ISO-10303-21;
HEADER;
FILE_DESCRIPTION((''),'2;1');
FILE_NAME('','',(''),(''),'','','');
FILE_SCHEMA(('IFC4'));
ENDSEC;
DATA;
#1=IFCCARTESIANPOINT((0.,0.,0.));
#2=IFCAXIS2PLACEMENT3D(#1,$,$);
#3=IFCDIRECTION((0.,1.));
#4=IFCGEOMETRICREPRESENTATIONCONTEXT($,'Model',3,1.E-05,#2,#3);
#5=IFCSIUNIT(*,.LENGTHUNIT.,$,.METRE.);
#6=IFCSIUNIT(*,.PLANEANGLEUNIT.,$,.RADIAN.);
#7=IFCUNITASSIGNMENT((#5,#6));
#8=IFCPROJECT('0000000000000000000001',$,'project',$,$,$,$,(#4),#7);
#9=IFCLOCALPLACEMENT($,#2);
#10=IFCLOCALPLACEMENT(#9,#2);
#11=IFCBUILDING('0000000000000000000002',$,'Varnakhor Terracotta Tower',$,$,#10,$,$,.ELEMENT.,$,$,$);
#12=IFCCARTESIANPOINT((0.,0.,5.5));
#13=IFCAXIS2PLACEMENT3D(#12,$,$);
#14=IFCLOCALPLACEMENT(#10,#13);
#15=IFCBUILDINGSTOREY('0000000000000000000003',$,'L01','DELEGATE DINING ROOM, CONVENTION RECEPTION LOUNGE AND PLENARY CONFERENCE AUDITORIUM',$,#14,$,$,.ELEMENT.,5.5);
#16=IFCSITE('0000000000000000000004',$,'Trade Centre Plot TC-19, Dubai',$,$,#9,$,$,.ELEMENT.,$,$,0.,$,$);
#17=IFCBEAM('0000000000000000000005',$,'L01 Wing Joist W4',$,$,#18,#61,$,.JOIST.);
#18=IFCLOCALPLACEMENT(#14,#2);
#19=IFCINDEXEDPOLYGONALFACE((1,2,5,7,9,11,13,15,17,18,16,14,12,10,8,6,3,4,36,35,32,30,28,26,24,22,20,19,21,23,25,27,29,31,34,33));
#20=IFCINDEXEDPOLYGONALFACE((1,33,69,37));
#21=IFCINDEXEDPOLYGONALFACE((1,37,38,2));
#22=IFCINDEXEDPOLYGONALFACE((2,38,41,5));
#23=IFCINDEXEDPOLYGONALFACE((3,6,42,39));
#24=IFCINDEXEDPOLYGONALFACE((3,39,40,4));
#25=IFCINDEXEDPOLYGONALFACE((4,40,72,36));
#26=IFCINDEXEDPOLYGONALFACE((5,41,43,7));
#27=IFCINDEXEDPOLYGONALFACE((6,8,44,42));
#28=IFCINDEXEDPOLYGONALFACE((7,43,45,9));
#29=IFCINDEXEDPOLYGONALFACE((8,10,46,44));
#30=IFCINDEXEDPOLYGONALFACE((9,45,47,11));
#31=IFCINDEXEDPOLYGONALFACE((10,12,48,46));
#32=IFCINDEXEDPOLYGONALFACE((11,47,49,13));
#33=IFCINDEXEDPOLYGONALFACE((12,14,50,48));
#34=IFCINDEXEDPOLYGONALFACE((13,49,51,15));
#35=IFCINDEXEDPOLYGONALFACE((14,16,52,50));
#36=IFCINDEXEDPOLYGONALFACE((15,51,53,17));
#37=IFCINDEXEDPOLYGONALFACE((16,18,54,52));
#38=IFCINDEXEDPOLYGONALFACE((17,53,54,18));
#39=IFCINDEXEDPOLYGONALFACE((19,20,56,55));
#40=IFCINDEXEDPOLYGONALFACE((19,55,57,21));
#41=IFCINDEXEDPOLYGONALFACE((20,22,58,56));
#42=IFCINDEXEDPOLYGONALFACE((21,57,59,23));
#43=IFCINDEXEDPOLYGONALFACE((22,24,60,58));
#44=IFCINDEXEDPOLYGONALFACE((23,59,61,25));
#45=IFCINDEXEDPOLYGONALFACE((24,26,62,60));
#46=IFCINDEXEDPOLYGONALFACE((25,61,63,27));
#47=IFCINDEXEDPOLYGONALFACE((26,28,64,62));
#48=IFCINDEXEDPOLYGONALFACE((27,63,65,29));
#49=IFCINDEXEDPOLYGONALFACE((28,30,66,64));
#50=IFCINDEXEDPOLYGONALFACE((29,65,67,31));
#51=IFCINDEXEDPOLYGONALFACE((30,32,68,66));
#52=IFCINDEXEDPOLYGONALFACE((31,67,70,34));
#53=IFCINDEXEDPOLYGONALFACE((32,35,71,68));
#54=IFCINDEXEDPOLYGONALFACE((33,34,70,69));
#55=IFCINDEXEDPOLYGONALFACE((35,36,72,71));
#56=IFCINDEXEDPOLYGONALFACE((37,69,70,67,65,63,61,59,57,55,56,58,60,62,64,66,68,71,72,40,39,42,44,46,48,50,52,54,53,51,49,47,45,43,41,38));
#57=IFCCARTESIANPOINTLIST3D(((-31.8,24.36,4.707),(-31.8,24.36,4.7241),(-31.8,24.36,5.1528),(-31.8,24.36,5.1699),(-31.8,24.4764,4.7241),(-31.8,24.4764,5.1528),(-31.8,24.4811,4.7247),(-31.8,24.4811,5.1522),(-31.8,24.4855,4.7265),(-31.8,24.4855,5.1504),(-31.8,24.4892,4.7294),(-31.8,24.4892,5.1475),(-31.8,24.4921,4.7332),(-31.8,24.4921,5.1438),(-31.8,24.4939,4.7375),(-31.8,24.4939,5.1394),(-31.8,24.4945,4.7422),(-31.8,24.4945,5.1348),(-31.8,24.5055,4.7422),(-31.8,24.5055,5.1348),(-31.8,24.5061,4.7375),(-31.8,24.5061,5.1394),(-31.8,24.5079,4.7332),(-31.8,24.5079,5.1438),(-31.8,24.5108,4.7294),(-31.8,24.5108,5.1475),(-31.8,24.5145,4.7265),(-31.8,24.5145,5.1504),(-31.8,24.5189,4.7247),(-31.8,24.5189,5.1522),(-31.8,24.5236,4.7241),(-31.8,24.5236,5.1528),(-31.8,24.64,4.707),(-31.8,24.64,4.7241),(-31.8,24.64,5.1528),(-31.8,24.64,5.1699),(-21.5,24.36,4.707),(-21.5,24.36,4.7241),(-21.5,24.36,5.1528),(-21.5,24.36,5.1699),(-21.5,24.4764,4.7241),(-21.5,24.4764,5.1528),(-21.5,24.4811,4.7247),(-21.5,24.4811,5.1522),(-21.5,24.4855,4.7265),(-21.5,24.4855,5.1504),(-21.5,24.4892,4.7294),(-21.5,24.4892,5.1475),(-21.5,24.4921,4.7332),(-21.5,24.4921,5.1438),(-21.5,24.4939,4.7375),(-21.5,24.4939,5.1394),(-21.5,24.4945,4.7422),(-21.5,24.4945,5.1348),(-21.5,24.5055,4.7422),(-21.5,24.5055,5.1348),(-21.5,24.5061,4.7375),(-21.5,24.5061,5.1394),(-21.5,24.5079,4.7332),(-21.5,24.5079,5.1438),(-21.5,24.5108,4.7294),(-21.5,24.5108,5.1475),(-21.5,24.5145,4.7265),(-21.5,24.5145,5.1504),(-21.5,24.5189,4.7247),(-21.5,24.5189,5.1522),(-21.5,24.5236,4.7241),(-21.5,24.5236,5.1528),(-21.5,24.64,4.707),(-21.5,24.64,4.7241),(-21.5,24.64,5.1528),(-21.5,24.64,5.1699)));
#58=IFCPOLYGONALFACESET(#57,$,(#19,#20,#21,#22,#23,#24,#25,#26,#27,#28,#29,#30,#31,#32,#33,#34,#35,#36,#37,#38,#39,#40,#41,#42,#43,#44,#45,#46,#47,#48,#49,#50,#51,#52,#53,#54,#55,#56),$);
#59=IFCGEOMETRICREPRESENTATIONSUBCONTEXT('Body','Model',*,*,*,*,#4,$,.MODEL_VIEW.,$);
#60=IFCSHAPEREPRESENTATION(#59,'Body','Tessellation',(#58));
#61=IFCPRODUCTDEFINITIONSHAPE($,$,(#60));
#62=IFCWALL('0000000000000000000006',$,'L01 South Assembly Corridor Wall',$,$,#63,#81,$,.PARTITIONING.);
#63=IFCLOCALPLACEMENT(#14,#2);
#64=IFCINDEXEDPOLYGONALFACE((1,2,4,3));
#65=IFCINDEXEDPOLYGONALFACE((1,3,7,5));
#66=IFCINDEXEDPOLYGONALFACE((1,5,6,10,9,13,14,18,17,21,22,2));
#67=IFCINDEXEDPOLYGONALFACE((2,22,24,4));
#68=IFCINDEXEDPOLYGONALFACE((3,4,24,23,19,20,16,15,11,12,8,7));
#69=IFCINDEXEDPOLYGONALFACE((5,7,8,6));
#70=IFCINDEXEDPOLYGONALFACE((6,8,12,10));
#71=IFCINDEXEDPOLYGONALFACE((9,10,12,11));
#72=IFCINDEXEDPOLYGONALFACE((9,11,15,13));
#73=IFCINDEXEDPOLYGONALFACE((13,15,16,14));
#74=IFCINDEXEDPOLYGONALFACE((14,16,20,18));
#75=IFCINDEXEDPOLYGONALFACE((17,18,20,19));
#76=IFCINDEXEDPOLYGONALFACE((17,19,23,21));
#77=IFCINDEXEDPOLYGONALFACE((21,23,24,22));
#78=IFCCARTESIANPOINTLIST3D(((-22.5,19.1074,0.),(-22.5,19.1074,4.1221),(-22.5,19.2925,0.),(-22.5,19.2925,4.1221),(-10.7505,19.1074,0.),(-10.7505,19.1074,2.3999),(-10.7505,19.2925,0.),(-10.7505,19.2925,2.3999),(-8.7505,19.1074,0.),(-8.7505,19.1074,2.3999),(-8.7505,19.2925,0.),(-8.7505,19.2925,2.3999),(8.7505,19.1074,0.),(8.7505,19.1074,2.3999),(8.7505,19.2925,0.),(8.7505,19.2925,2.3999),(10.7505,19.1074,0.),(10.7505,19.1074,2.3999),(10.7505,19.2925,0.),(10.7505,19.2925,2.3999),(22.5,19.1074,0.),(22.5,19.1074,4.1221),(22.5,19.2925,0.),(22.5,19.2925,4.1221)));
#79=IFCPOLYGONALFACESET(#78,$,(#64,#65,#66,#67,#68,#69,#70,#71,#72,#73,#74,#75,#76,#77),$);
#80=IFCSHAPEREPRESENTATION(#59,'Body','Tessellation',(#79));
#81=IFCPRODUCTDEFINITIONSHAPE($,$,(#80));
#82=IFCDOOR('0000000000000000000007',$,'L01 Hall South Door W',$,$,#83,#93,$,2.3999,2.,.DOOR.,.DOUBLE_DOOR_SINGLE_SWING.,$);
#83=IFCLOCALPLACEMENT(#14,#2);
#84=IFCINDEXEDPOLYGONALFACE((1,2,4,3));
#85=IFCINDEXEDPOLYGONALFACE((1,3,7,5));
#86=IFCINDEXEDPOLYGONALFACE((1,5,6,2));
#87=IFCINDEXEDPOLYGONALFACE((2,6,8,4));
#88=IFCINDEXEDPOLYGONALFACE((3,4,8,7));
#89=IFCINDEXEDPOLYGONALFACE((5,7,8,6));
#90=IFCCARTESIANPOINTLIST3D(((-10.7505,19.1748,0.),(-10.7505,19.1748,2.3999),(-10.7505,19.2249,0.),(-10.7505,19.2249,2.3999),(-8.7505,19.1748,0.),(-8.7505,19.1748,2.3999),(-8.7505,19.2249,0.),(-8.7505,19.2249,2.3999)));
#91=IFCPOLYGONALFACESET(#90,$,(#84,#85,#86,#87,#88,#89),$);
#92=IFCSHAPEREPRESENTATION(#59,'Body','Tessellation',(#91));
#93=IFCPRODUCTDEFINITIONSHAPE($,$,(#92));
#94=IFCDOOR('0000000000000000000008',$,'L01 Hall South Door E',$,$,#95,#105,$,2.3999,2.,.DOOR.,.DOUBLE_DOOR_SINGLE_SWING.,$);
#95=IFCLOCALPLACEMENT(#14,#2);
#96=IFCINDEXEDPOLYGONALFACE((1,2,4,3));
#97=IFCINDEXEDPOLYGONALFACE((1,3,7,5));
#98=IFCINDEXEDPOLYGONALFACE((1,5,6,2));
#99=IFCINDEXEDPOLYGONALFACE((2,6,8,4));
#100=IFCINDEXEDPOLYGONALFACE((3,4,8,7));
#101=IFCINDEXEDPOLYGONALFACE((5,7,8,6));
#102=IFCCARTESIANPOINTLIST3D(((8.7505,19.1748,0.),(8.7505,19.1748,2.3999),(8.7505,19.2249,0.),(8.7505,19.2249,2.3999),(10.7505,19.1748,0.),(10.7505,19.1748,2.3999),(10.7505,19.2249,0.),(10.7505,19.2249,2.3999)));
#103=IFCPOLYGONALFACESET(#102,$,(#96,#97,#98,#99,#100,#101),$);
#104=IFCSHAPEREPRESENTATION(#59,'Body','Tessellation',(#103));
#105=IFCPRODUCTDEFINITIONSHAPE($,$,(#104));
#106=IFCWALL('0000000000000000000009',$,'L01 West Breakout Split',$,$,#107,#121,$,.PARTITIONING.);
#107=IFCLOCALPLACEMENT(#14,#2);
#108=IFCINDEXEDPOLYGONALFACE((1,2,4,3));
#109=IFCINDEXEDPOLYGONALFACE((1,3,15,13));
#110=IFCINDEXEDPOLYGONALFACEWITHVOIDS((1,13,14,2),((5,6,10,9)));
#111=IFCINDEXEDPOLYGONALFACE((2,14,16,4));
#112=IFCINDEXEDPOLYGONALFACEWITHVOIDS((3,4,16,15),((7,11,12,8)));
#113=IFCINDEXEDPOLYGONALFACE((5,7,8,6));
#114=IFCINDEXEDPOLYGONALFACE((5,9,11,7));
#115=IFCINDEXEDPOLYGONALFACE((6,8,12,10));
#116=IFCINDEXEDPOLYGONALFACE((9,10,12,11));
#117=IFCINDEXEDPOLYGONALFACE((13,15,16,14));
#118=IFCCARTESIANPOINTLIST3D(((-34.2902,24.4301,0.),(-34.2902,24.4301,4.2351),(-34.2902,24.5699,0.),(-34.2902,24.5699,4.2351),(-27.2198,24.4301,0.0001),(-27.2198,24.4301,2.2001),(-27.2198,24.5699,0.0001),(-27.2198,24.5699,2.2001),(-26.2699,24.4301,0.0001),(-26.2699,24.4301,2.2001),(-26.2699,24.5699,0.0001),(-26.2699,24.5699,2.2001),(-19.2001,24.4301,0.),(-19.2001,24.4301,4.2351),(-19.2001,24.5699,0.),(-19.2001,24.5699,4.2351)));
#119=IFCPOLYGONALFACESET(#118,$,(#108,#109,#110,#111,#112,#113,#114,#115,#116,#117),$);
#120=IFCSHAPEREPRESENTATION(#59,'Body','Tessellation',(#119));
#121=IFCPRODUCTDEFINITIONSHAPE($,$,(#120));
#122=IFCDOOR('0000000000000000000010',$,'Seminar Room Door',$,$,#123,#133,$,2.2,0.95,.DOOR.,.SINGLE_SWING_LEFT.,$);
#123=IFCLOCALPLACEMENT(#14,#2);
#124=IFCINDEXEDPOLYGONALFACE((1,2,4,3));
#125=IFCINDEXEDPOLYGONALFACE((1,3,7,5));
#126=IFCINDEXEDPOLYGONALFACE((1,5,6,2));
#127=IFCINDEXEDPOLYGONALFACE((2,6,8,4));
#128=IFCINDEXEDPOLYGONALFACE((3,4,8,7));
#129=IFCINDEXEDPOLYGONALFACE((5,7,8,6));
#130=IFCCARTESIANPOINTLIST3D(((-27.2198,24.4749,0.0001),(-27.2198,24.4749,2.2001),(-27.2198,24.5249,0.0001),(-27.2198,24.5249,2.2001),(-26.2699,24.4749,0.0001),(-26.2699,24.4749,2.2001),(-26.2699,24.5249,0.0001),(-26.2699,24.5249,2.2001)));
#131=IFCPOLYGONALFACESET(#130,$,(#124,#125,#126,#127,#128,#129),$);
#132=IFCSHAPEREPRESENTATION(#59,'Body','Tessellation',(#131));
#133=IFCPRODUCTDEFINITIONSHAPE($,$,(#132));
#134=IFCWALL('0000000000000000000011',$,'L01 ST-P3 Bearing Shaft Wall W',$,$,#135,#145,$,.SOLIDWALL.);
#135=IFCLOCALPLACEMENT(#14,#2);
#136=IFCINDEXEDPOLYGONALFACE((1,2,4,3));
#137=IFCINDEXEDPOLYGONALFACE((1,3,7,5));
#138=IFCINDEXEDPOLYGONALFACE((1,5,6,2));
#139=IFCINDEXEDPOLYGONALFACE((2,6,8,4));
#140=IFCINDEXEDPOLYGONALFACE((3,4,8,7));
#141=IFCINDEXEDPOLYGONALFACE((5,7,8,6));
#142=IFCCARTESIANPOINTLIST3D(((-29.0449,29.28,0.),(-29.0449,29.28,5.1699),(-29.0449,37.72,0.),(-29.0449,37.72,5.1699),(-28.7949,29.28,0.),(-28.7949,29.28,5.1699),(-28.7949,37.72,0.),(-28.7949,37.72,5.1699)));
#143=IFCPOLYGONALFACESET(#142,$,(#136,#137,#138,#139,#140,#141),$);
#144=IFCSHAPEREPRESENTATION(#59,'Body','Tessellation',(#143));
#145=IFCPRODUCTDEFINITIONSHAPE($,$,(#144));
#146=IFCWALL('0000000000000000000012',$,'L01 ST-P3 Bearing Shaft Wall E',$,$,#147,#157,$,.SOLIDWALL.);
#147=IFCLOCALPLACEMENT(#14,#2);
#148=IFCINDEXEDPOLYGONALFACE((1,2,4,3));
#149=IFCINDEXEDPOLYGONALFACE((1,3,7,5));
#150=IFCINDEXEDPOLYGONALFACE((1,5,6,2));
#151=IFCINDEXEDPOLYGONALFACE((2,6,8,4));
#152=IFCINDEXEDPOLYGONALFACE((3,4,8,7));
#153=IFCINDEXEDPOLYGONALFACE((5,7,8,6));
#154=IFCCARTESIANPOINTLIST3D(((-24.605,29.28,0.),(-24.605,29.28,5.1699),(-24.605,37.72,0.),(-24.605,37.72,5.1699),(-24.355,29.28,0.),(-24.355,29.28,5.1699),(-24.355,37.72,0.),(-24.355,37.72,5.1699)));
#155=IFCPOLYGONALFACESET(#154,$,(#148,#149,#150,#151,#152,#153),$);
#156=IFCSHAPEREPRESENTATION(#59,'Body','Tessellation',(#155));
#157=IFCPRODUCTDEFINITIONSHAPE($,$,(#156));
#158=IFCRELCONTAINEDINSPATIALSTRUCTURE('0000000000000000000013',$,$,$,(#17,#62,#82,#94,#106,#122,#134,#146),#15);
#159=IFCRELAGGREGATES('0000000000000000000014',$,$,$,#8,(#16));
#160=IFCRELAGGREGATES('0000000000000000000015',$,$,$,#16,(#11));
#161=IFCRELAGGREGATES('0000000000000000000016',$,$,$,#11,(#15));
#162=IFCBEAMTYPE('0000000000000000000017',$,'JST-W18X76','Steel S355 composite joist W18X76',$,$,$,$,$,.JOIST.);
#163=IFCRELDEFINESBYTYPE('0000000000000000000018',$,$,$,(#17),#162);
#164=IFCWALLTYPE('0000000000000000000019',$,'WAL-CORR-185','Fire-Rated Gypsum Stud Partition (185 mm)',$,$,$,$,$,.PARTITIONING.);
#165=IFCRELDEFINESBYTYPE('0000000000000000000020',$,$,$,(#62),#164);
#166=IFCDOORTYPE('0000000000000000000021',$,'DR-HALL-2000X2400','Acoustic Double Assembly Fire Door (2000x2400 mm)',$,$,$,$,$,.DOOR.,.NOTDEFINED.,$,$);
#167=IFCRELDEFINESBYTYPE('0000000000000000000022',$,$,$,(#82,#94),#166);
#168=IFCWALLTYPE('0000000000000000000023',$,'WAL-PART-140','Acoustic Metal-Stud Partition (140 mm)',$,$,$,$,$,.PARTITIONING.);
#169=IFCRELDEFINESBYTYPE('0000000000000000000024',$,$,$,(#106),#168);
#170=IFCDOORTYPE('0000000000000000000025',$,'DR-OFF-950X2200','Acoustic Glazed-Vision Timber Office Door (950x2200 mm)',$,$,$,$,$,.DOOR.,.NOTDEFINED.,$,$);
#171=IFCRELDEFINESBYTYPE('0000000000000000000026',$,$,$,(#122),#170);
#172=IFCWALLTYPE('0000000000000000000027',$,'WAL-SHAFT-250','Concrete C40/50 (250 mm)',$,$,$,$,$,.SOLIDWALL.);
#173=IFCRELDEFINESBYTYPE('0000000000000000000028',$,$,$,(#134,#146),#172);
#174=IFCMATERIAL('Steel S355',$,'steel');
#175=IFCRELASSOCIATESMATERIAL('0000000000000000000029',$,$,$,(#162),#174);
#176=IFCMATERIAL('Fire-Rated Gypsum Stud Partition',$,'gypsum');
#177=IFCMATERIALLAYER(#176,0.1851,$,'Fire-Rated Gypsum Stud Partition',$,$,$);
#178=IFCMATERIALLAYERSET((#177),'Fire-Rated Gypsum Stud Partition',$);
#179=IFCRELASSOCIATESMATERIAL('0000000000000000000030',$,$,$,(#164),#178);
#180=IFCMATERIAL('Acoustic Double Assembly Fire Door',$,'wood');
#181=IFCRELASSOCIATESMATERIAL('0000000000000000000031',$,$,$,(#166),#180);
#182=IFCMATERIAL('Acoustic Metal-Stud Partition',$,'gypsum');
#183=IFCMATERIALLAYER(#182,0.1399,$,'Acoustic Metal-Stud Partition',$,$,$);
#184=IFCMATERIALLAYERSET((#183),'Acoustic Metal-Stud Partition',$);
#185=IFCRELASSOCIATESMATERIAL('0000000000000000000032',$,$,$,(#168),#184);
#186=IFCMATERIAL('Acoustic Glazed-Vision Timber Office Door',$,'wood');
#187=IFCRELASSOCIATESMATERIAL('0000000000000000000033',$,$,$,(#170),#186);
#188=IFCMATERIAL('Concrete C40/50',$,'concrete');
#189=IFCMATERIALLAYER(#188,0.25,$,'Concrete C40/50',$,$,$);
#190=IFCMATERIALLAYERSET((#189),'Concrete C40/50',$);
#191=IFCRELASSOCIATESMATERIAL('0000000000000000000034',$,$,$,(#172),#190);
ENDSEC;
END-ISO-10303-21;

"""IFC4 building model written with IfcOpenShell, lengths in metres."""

from ifc_helpers import new_model, si_unit, direction, frame, frame_2d, origin, origin_2d, place, context, subcontext, project, spatial, rectangle, i_section, extrude, source, transform, mapped, material, layer, layer_set, material_profile, profile_set, type_object, type_shapes, element, fill, save


model = new_model("IFC4")

# Units and contexts
model_context = context("Model", 3, precision=1e-05, world=origin(), true_north=direction((0.0, 1.0)))
body_context = subcontext(model_context, "Body", "Model", "MODEL_VIEW")
ifc_project = project(units=[si_unit("LENGTHUNIT", "METRE"), si_unit("PLANEANGLEUNIT", "RADIAN")], contexts=[model_context])

# Site, building, storey
site_placement = place(None, origin())
site = spatial("IfcSite", under=ifc_project, at=site_placement, Name="Trade Centre Plot TC-19, Dubai", CompositionType="ELEMENT", RefElevation=0.0)
building_placement = place(site_placement, origin())
building = spatial("IfcBuilding", under=site, at=building_placement, Name="Varnakhor Terracotta Tower", CompositionType="ELEMENT")
storey_placement = place(building_placement, frame((0.0, 0.0, 5.5)))
storey = spatial("IfcBuildingStorey", under=building, at=storey_placement, Name="L01", Description="DELEGATE DINING ROOM, CONVENTION RECEPTION LOUNGE AND PLENARY CONFERENCE AUDITORIUM", CompositionType="ELEMENT", Elevation=5.5)

# Beam
ifc_material_1 = material(Name="Steel S355", Category="steel")
ifc_material_profile_1 = material_profile(ifc_material_1, i_section(OverallWidth=0.28, OverallDepth=0.4629, WebThickness=0.011, FlangeThickness=0.0171, FilletRadius=0.0181, at=origin_2d()), Name="W18X76")
ifc_profile_set_1 = profile_set([ifc_material_profile_1], Name="Steel S355")
beam_type_1 = type_object("IfcBeamType", Name="JST-W18X76", Description="Steel S355 composite joist W18X76", PredefinedType="JOIST", material=ifc_profile_set_1)
shared_shape_1 = source(origin(), body_context, "Body", "SweptSolid", [
    extrude(i_section(OverallWidth=0.28, OverallDepth=0.4629, WebThickness=0.011, FlangeThickness=0.0171, FilletRadius=0.0181, at=origin_2d()), origin(), (0.0, 0.0, 1.0), 10.3),
])
for number, where, z_axis, x_axis, name in (
    (1, (-31.8, 24.5, 4.9385), (1.0, 0.0, 0.0), (0.0, 1.0, 0.0), "L01 Wing Joist W4"),
):
    element("IfcBeam", number, at=place(storey_placement, frame(where, z_axis=z_axis, x_axis=x_axis)), inside=storey, type_object=beam_type_1, Name=name, PredefinedType="JOIST", context=body_context, shape_type="MappedRepresentation", body=[
        mapped(shared_shape_1, transform((0.0, 0.0, 0.0), scale=1.0)),
    ])

# Wall, openings, doors
ifc_material_2 = material(Name="Fire-Rated Gypsum Stud Partition", Category="gypsum")
ifc_layer_1 = layer(ifc_material_2, 0.1851, Name="Fire-Rated Gypsum Stud Partition")
ifc_layer_set_1 = layer_set([ifc_layer_1], Name="Fire-Rated Gypsum Stud Partition")
wall_type_1 = type_object("IfcWallType", Name="WAL-CORR-185", Description="Fire-Rated Gypsum Stud Partition (185 mm)", PredefinedType="PARTITIONING", material=ifc_layer_set_1)
wall_1_placement = place(storey_placement, frame((-22.5, 19.2, 0.0), z_axis=(0.0, 0.0, 1.0), x_axis=(1.0, 0.0, 0.0)))
wall_1 = element("IfcWall", 2, at=wall_1_placement, inside=storey, type_object=wall_type_1, Name="L01 South Assembly Corridor Wall", PredefinedType="PARTITIONING", context=body_context, shape_type="SweptSolid", body=[
    extrude(rectangle(XDim=45.0, YDim=0.1851, at=frame_2d((22.5, 0.0))), origin(), (0.0, 0.0, 1.0), 4.1221),
])
opening_1_placement = place(wall_1_placement, frame((11.7495, 0.0, 0.0)))
opening_1 = element("IfcOpeningElement", 3, at=opening_1_placement, cuts=wall_1, PredefinedType="OPENING", context=body_context, shape_type="SweptSolid", body=[
    extrude(rectangle(XDim=2.0, YDim=2.3999, at=frame_2d((1.0, 1.2))), frame((0.0, 0.1025, 0.0), z_axis=(0.0, -1.0, 0.0), x_axis=(1.0, 0.0, 0.0)), (0.0, 0.0, 1.0), 0.2051),
])
opening_2_placement = place(wall_1_placement, frame((31.2505, 0.0, 0.0)))
opening_2 = element("IfcOpeningElement", 4, at=opening_2_placement, cuts=wall_1, PredefinedType="OPENING", context=body_context, shape_type="SweptSolid", body=[
    extrude(rectangle(XDim=2.0, YDim=2.3999, at=frame_2d((1.0, 1.2))), frame((0.0, 0.1025, 0.0), z_axis=(0.0, -1.0, 0.0), x_axis=(1.0, 0.0, 0.0)), (0.0, 0.0, 1.0), 0.2051),
])
ifc_material_3 = material(Name="Acoustic Double Assembly Fire Door", Category="wood")
door_type_1 = type_object("IfcDoorType", Name="DR-HALL-2000X2400", Description="Acoustic Double Assembly Fire Door (2000x2400 mm)", OperationType="NOTDEFINED", PredefinedType="DOOR", material=ifc_material_3)
shared_shape_2 = source(origin(), body_context, "Body", "SweptSolid", [
    extrude(rectangle(XDim=2.0, YDim=2.3999, at=frame_2d((1.0, 1.2))), frame((0.0, 0.0249, 0.0), z_axis=(0.0, -1.0, 0.0), x_axis=(1.0, 0.0, 0.0)), (0.0, 0.0, 1.0), 0.05),
])
type_shapes(door_type_1, [shared_shape_2])
door_1_placement = place(opening_1_placement, origin())
door_1 = element("IfcDoor", 5, at=door_1_placement, inside=storey, type_object=door_type_1, Name="L01 Hall South Door W", OperationType="DOUBLE_DOOR_SINGLE_SWING", OverallHeight=2.3999, OverallWidth=2.0, PredefinedType="DOOR", context=body_context, shape_type="MappedRepresentation", body=[
    mapped(shared_shape_2, transform((0.0, 0.0, 0.0), scale=1.0)),
])
fill(opening_1, door_1)
door_2_placement = place(opening_2_placement, origin())
door_2 = element("IfcDoor", 6, at=door_2_placement, inside=storey, type_object=door_type_1, Name="L01 Hall South Door E", OperationType="DOUBLE_DOOR_SINGLE_SWING", OverallHeight=2.3999, OverallWidth=2.0, PredefinedType="DOOR", context=body_context, shape_type="MappedRepresentation", body=[
    mapped(shared_shape_2, transform((0.0, 0.0, 0.0), scale=1.0)),
])
fill(opening_2, door_2)

# Wall, opening, door
ifc_material_4 = material(Name="Acoustic Metal-Stud Partition", Category="gypsum")
ifc_layer_2 = layer(ifc_material_4, 0.1399, Name="Acoustic Metal-Stud Partition")
ifc_layer_set_2 = layer_set([ifc_layer_2], Name="Acoustic Metal-Stud Partition")
wall_type_2 = type_object("IfcWallType", Name="WAL-PART-140", Description="Acoustic Metal-Stud Partition (140 mm)", PredefinedType="PARTITIONING", material=ifc_layer_set_2)
wall_2_placement = place(storey_placement, frame((-34.29, 24.5, 0.0), z_axis=(0.0, 0.0, 1.0), x_axis=(1.0, 0.0, 0.0)))
wall_2 = element("IfcWall", 7, at=wall_2_placement, inside=storey, type_object=wall_type_2, Name="L01 West Breakout Split", PredefinedType="PARTITIONING", context=body_context, shape_type="SweptSolid", body=[
    extrude(rectangle(XDim=15.0901, YDim=0.1399, at=frame_2d((7.5449, 0.0))), origin(), (0.0, 0.0, 1.0), 4.2351),
])
opening_3_placement = place(wall_2_placement, frame((7.0701, 0.0, 0.0)))
opening_3 = element("IfcOpeningElement", 8, at=opening_3_placement, cuts=wall_2, PredefinedType="OPENING", context=body_context, shape_type="SweptSolid", body=[
    extrude(rectangle(XDim=0.95, YDim=2.2, at=frame_2d((0.4751, 1.1001))), frame((0.0, 0.0801, 0.0), z_axis=(0.0, -1.0, 0.0), x_axis=(1.0, 0.0, 0.0)), (0.0, 0.0, 1.0), 0.1599),
])
ifc_material_5 = material(Name="Acoustic Glazed-Vision Timber Office Door", Category="wood")
door_type_2 = type_object("IfcDoorType", Name="DR-OFF-950X2200", Description="Acoustic Glazed-Vision Timber Office Door (950x2200 mm)", OperationType="NOTDEFINED", PredefinedType="DOOR", material=ifc_material_5)
shared_shape_3 = source(origin(), body_context, "Body", "SweptSolid", [
    extrude(rectangle(XDim=0.95, YDim=2.2, at=frame_2d((0.4751, 1.1001))), frame((0.0, 0.0249, 0.0), z_axis=(0.0, -1.0, 0.0), x_axis=(1.0, 0.0, 0.0)), (0.0, 0.0, 1.0), 0.05),
])
type_shapes(door_type_2, [shared_shape_3])
door_3_placement = place(opening_3_placement, origin())
door_3 = element("IfcDoor", 9, at=door_3_placement, inside=storey, type_object=door_type_2, Name="Seminar Room Door", OperationType="SINGLE_SWING_LEFT", OverallHeight=2.2, OverallWidth=0.95, PredefinedType="DOOR", context=body_context, shape_type="MappedRepresentation", body=[
    mapped(shared_shape_3, transform((0.0, 0.0, 0.0), scale=1.0)),
])
fill(opening_3, door_3)

# Walls
ifc_material_6 = material(Name="Concrete C40/50", Category="concrete")
ifc_layer_3 = layer(ifc_material_6, 0.25, Name="Concrete C40/50")
ifc_layer_set_3 = layer_set([ifc_layer_3], Name="Concrete C40/50")
wall_type_3 = type_object("IfcWallType", Name="WAL-SHAFT-250", Description="Concrete C40/50 (250 mm)", PredefinedType="SOLIDWALL", material=ifc_layer_set_3)
for number, where, z_axis, x_axis, name in (
    (10, (-28.9199, 29.28, 0.0), (0.0, 0.0, 1.0), (0.0, 1.0, 0.0), "L01 ST-P3 Bearing Shaft Wall W"),
    (11, (-24.48, 29.28, 0.0), (0.0, 0.0, 1.0), (0.0, 1.0, 0.0), "L01 ST-P3 Bearing Shaft Wall E"),
):
    element("IfcWall", number, at=place(storey_placement, frame(where, z_axis=z_axis, x_axis=x_axis)), inside=storey, type_object=wall_type_3, Name=name, PredefinedType="SOLIDWALL", context=body_context, shape_type="SweptSolid", body=[
        extrude(rectangle(XDim=8.4399, YDim=0.25, at=frame_2d((4.22, 0.0))), origin(), (0.0, 0.0, 1.0), 5.1699),
    ])

save(model, "model.ifc")
